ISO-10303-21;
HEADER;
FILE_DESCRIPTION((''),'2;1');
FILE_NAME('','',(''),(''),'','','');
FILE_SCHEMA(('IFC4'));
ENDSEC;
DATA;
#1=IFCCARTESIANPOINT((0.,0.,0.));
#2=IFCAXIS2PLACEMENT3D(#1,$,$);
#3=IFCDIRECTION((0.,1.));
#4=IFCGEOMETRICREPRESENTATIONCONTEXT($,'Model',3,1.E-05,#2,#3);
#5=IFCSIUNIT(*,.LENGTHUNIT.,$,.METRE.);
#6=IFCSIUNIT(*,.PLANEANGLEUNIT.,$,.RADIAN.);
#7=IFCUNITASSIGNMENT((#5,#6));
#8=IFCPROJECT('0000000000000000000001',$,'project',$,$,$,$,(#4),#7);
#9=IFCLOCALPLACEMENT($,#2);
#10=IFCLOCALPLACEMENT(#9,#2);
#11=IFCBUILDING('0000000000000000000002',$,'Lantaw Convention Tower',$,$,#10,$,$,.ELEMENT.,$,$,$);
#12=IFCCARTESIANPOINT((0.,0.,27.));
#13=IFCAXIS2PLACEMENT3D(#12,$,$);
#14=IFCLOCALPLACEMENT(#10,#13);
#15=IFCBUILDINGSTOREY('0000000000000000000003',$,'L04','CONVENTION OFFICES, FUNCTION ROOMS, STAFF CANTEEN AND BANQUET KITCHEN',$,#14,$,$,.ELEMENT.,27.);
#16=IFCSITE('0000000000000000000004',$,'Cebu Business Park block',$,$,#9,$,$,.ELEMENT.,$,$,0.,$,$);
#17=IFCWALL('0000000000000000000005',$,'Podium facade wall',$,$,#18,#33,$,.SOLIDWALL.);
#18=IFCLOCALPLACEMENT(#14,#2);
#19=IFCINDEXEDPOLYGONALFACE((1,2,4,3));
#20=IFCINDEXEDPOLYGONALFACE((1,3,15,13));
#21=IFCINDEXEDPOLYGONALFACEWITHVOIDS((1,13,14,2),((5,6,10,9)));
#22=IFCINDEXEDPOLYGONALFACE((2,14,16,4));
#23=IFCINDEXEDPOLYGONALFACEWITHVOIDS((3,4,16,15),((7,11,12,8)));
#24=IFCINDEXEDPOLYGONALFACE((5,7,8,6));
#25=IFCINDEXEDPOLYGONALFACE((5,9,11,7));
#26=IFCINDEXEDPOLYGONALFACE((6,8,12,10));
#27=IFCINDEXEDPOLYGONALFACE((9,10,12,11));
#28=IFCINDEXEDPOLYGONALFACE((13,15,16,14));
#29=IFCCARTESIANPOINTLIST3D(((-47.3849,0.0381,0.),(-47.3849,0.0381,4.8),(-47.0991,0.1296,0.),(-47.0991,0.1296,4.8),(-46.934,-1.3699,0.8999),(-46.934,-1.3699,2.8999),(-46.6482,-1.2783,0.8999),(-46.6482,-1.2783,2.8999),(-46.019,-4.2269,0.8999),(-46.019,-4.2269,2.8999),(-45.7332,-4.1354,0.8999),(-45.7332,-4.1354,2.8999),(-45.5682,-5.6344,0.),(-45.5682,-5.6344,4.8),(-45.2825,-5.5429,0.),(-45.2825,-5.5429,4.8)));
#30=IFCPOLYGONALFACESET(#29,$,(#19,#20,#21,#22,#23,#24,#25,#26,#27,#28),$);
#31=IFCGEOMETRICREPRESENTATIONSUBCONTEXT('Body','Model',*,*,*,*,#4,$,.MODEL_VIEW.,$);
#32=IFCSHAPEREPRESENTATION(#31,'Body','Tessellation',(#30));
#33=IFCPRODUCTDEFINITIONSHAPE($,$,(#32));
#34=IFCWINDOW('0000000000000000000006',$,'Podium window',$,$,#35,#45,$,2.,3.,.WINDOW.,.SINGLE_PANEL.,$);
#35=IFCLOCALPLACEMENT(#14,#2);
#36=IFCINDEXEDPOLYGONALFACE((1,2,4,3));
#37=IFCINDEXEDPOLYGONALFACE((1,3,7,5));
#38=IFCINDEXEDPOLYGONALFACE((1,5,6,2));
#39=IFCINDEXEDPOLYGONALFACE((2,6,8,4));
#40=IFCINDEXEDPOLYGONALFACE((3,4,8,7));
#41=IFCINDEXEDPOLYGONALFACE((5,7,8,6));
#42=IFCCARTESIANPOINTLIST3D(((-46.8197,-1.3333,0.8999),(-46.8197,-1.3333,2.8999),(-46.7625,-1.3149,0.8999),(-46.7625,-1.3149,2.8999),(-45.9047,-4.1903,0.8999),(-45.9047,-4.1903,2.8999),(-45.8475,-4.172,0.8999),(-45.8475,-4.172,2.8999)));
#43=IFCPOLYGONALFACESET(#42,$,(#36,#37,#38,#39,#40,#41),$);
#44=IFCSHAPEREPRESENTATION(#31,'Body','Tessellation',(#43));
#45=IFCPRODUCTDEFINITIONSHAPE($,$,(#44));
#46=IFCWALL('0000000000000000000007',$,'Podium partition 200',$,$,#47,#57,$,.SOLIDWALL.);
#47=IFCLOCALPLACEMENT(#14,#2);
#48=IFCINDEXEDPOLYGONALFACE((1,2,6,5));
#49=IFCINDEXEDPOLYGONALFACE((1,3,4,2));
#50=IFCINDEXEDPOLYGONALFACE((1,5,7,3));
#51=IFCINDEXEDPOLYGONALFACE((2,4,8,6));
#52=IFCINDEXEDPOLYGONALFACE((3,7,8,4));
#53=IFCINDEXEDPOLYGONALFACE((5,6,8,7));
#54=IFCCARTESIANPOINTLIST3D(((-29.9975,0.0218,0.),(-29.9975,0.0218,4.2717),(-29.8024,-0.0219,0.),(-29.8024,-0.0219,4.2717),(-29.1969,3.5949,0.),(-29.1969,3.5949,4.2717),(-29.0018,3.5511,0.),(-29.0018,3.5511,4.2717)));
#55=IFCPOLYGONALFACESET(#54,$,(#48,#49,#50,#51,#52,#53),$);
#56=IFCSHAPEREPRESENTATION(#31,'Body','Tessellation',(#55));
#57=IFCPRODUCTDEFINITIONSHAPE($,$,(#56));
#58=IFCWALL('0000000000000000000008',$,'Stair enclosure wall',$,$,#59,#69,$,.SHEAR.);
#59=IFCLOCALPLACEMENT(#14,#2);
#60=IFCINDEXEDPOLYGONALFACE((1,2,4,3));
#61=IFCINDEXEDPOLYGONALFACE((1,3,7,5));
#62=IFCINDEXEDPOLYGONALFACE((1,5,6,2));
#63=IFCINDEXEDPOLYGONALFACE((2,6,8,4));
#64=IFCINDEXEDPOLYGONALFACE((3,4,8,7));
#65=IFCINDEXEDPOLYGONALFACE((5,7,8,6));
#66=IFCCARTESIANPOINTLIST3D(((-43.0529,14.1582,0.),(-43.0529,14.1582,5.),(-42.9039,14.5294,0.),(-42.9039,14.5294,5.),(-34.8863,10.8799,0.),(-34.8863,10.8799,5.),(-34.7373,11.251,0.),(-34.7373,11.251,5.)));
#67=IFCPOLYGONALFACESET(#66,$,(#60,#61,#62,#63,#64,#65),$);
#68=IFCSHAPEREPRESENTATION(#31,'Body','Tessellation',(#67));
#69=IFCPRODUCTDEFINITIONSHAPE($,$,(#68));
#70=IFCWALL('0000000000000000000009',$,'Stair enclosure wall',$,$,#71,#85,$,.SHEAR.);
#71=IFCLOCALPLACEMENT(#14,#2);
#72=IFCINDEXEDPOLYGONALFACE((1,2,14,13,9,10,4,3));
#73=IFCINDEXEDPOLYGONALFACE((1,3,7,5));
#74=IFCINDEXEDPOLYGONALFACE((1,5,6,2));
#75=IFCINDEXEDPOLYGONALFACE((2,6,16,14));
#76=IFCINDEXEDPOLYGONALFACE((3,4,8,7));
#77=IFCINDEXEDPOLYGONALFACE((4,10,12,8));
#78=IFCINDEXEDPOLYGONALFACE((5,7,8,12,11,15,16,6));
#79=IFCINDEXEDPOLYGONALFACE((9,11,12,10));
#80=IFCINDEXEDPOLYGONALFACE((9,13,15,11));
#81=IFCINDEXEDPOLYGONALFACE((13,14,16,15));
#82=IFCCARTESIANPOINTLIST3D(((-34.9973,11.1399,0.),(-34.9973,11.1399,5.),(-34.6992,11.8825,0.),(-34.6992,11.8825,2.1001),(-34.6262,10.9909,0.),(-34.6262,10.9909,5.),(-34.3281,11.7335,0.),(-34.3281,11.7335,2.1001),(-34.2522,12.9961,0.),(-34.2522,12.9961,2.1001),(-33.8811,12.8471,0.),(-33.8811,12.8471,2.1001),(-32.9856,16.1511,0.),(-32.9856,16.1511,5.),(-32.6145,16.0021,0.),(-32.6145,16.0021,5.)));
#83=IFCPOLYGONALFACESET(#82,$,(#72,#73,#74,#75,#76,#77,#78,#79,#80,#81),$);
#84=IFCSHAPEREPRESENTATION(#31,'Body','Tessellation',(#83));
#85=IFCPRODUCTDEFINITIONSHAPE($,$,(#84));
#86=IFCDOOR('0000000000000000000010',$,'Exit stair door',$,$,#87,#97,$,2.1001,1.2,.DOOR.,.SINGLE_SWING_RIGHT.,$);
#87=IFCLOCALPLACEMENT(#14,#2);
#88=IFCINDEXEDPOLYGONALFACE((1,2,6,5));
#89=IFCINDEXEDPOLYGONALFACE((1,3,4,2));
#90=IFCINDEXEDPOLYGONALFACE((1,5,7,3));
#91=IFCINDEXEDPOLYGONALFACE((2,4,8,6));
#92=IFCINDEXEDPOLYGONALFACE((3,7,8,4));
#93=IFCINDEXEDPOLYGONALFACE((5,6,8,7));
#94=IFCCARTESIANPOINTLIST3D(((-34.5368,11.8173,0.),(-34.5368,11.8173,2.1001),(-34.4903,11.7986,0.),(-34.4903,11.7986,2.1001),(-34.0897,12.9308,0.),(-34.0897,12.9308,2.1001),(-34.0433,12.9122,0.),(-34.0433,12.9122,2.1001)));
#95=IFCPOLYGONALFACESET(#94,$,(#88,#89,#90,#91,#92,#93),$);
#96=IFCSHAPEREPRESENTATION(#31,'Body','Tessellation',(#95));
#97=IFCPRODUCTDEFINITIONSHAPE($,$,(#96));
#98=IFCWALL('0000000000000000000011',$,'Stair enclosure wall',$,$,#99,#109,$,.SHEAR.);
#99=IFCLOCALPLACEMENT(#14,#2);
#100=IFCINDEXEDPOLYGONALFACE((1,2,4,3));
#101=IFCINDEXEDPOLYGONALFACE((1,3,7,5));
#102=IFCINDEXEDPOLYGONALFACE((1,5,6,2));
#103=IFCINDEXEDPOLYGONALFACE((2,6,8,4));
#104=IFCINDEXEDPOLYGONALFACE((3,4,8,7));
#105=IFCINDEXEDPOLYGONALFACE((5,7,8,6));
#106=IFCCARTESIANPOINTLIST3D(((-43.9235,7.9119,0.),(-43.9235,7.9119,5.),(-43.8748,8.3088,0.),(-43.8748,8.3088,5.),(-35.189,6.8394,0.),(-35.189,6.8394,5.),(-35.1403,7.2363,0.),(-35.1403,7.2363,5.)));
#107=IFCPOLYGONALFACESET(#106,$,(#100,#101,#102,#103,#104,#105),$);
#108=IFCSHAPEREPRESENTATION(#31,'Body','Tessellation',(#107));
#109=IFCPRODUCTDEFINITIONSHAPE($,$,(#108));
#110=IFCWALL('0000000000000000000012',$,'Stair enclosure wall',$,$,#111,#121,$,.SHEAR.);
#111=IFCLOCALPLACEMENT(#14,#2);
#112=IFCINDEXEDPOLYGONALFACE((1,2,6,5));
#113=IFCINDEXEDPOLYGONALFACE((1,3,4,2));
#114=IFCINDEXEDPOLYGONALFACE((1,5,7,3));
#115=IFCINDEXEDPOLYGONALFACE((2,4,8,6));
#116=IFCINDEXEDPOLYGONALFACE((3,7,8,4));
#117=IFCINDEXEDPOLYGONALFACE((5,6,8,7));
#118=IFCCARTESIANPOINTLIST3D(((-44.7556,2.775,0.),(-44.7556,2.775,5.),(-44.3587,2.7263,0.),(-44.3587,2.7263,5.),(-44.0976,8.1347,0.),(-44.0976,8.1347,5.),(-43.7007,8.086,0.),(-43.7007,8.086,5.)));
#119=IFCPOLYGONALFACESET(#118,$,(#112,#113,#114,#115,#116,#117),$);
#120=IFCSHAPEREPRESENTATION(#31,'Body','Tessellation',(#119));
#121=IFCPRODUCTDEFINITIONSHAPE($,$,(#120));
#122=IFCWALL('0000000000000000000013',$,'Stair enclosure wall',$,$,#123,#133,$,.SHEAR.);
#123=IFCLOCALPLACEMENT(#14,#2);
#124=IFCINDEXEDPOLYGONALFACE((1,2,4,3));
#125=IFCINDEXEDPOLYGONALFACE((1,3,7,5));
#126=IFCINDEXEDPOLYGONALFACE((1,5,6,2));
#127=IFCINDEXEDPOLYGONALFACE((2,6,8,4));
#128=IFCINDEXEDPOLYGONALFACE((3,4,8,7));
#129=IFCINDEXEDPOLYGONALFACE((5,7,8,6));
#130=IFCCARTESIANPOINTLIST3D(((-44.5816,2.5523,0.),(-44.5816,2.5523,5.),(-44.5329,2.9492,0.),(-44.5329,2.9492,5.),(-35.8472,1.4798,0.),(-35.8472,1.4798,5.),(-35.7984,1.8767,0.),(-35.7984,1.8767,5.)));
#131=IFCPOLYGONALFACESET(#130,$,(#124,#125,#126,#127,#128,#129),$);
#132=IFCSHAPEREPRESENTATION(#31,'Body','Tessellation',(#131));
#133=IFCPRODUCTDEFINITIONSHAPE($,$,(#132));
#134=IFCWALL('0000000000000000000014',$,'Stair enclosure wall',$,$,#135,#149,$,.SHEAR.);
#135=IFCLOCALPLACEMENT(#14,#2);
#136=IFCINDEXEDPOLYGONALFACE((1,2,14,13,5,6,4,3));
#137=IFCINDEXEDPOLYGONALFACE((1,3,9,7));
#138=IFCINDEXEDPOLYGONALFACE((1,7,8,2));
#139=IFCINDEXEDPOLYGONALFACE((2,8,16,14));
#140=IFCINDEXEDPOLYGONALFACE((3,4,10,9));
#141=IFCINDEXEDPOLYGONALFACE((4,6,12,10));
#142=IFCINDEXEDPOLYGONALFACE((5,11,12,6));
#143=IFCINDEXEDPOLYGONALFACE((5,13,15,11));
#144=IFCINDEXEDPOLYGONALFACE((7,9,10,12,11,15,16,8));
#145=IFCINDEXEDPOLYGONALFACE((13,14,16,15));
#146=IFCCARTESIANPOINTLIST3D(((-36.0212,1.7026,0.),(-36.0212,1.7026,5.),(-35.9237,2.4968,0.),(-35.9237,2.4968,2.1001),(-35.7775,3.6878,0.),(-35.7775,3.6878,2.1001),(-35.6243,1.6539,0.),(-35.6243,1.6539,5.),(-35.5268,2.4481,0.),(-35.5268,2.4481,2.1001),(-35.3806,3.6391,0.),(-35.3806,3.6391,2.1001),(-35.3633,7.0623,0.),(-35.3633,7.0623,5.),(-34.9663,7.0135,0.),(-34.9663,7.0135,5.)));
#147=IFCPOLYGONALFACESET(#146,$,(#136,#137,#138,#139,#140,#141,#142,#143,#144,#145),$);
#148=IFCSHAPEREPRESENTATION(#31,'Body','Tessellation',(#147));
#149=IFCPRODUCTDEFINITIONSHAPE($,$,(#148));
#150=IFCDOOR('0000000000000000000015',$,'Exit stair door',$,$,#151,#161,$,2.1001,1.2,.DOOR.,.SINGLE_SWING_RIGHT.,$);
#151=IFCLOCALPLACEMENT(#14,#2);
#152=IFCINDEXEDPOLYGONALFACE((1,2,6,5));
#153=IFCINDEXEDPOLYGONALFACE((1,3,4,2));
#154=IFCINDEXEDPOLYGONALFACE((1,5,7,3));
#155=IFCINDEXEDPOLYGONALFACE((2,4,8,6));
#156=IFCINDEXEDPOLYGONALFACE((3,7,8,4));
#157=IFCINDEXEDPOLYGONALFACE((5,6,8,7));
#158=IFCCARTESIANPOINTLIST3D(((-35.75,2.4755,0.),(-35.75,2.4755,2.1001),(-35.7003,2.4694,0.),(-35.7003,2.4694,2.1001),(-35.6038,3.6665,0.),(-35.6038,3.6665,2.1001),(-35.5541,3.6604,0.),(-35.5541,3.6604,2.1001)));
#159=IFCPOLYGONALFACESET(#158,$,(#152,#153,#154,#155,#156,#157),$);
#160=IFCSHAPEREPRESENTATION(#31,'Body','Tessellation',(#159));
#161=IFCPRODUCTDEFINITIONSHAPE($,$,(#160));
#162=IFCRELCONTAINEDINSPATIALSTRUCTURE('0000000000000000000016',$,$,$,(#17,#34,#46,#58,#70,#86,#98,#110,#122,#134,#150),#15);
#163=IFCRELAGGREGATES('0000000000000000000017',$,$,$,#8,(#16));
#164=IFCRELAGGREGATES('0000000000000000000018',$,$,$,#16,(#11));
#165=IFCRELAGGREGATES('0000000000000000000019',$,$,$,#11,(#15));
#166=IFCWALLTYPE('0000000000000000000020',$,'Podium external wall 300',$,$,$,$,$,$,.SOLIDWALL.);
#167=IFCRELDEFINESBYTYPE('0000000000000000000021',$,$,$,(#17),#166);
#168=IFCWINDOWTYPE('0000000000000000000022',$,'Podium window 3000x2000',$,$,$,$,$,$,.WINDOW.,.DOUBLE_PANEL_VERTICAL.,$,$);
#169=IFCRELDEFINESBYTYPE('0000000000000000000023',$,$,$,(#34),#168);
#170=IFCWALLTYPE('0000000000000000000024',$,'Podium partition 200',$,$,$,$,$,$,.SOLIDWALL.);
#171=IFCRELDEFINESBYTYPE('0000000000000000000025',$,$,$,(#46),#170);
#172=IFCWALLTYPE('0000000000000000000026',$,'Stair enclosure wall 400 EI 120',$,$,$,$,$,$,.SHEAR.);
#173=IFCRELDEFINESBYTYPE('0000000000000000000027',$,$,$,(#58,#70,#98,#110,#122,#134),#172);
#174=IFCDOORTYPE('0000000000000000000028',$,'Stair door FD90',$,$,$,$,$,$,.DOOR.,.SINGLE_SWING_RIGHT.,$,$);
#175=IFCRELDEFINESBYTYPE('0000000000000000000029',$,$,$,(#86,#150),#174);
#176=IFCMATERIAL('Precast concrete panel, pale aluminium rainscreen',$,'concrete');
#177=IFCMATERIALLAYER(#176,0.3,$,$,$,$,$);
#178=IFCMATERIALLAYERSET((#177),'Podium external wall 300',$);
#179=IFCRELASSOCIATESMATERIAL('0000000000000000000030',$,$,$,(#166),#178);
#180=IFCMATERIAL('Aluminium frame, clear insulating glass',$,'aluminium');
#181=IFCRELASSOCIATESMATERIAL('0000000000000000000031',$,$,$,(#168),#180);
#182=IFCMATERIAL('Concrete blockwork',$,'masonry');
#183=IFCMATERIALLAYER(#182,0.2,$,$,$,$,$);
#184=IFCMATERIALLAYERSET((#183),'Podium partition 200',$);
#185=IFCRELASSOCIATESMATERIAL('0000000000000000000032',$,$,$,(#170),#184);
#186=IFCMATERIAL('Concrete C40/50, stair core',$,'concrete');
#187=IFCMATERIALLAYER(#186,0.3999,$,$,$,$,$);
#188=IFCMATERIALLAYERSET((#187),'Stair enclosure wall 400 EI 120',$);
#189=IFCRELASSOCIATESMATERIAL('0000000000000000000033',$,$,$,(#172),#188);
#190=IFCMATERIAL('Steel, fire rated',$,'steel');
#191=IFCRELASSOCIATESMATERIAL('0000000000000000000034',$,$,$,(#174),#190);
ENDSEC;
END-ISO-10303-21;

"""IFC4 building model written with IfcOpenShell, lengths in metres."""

from ifc_helpers import new_model, si_unit, direction, frame, frame_2d, origin, place, context, subcontext, project, spatial, rectangle, extrude, material, layer, layer_set, type_object, element, fill, save


model = new_model("IFC4")

# Units and contexts
model_context = context("Model", 3, precision=1e-05, world=origin(), true_north=direction((0.0, 1.0)))
body_context = subcontext(model_context, "Body", "Model", "MODEL_VIEW")
ifc_project = project(units=[si_unit("LENGTHUNIT", "METRE"), si_unit("PLANEANGLEUNIT", "RADIAN")], contexts=[model_context])

# Site, building, storey
site_placement = place(None, origin())
site = spatial("IfcSite", under=ifc_project, at=site_placement, Name="Cebu Business Park block", CompositionType="ELEMENT", RefElevation=0.0)
building_placement = place(site_placement, origin())
building = spatial("IfcBuilding", under=site, at=building_placement, Name="Lantaw Convention Tower", CompositionType="ELEMENT")
storey_placement = place(building_placement, frame((0.0, 0.0, 27.0)))
storey = spatial("IfcBuildingStorey", under=building, at=storey_placement, Name="L04", Description="CONVENTION OFFICES, FUNCTION ROOMS, STAFF CANTEEN AND BANQUET KITCHEN", CompositionType="ELEMENT", Elevation=27.0)

# Wall, opening, window
ifc_material_1 = material(Name="Precast concrete panel, pale aluminium rainscreen", Category="concrete")
ifc_layer_1 = layer(ifc_material_1, 0.3)
ifc_layer_set_1 = layer_set([ifc_layer_1], Name="Podium external wall 300")
wall_type_1 = type_object("IfcWallType", Name="Podium external wall 300", PredefinedType="SOLIDWALL", material=ifc_layer_set_1)
ifc_material_2 = material(Name="Aluminium frame, clear insulating glass", Category="aluminium")
window_type = type_object("IfcWindowType", Name="Podium window 3000x2000", PartitioningType="DOUBLE_PANEL_VERTICAL", PredefinedType="WINDOW", material=ifc_material_2)
wall_1_placement = place(storey_placement, frame((-47.2419, 0.0837, 0.0), z_axis=(0.0, 0.0, 1.0), x_axis=(0.304991, -0.952355, 0.0)))
wall_1 = element("IfcWall", 1, at=wall_1_placement, inside=storey, type_object=wall_type_1, Name="Podium facade wall", PredefinedType="SOLIDWALL", context=body_context, shape_type="SweptSolid", body=[
    extrude(rectangle(XDim=5.9563, YDim=0.3, at=frame_2d((2.978, 0.0))), origin(), (0.0, 0.0, 1.0), 4.8),
])
opening_1_placement = place(wall_1_placement, frame((1.4783, 0.0, 0.8999)))
opening_1 = element("IfcOpeningElement", 2, at=opening_1_placement, cuts=wall_1, PredefinedType="OPENING", context=body_context, shape_type="SweptSolid", body=[
    extrude(rectangle(XDim=3.0, YDim=2.0, at=frame_2d((1.5, 1.0))), frame((0.0, 0.1599, 0.0), z_axis=(0.0, -1.0, 0.0), x_axis=(1.0, 0.0, 0.0)), (0.0, 0.0, 1.0), 0.3201),
])
window_1_placement = place(opening_1_placement, origin())
window_1 = element("IfcWindow", 3, at=window_1_placement, inside=storey, type_object=window_type, Name="Podium window", OverallHeight=2.0, OverallWidth=3.0, PartitioningType="SINGLE_PANEL", PredefinedType="WINDOW", context=body_context, shape_type="SweptSolid", body=[
    extrude(rectangle(XDim=3.0, YDim=2.0, at=frame_2d((1.5, 1.0))), frame((0.0, 0.03, 0.0), z_axis=(0.0, -1.0, 0.0), x_axis=(1.0, 0.0, 0.0)), (0.0, 0.0, 1.0), 0.0601),
])
fill(opening_1, window_1)

# Walls
ifc_material_3 = material(Name="Concrete blockwork", Category="masonry")
ifc_layer_2 = layer(ifc_material_3, 0.2)
ifc_layer_set_2 = layer_set([ifc_layer_2], Name="Podium partition 200")
wall_type_2 = type_object("IfcWallType", Name="Podium partition 200", PredefinedType="SOLIDWALL", material=ifc_layer_set_2)
wall_2_placement = place(storey_placement, frame((-29.0994, 3.573, 0.0), z_axis=(0.0, 0.0, 1.0), x_axis=(-0.218632, -0.975807, 0.0)))
element("IfcWall", 4, at=wall_2_placement, inside=storey, type_object=wall_type_2, Name="Podium partition 200", PredefinedType="SOLIDWALL", context=body_context, shape_type="SweptSolid", body=[
    extrude(rectangle(XDim=3.6616, YDim=0.2, at=frame_2d((1.8308, 0.0))), origin(), (0.0, 0.0, 1.0), 4.2717),
])
ifc_material_4 = material(Name="Concrete C40/50, stair core", Category="concrete")
ifc_layer_3 = layer(ifc_material_4, 0.3999)
ifc_layer_set_3 = layer_set([ifc_layer_3], Name="Stair enclosure wall 400 EI 120")
wall_type_3 = type_object("IfcWallType", Name="Stair enclosure wall 400 EI 120", PredefinedType="SHEAR", material=ifc_layer_set_3)
wall_3_placement = place(storey_placement, frame((-42.9783, 14.3438, 0.0), z_axis=(0.0, 0.0, 1.0), x_axis=(0.928017, -0.372538, 0.0)))
element("IfcWall", 5, at=wall_3_placement, inside=storey, type_object=wall_type_3, Name="Stair enclosure wall", PredefinedType="SHEAR", context=body_context, shape_type="SweptSolid", body=[
    extrude(rectangle(XDim=8.8, YDim=0.3999, at=frame_2d((4.3999, 0.0))), origin(), (0.0, 0.0, 1.0), 5.0),
])

# Wall, opening, door
wall_4_placement = place(storey_placement, frame((-34.8118, 11.0654, 0.0), z_axis=(0.0, 0.0, 1.0), x_axis=(0.372544, 0.928015, 0.0)))
wall_4 = element("IfcWall", 6, at=wall_4_placement, inside=storey, type_object=wall_type_3, Name="Stair enclosure wall", PredefinedType="SHEAR", context=body_context, shape_type="SweptSolid", body=[
    extrude(rectangle(XDim=5.3999, YDim=0.3999, at=frame_2d((2.7, 0.0))), origin(), (0.0, 0.0, 1.0), 5.0),
])
opening_2_placement = place(wall_4_placement, frame((0.8, 0.0, 0.0)))
opening_2 = element("IfcOpeningElement", 7, at=opening_2_placement, cuts=wall_4, PredefinedType="OPENING", context=body_context, shape_type="SweptSolid", body=[
    extrude(rectangle(XDim=1.2, YDim=2.1001, at=frame_2d((0.6001, 1.05))), frame((0.0, 0.21, 0.0), z_axis=(0.0, -1.0, 0.0), x_axis=(1.0, 0.0, 0.0)), (0.0, 0.0, 1.0), 0.4199),
])
ifc_material_5 = material(Name="Steel, fire rated", Category="steel")
door_type = type_object("IfcDoorType", Name="Stair door FD90", OperationType="SINGLE_SWING_RIGHT", PredefinedType="DOOR", material=ifc_material_5)
door_1_placement = place(opening_2_placement, origin())
door_1 = element("IfcDoor", 8, at=door_1_placement, inside=storey, type_object=door_type, Name="Exit stair door", OperationType="SINGLE_SWING_RIGHT", OverallHeight=2.1001, OverallWidth=1.2, PredefinedType="DOOR", context=body_context, shape_type="SweptSolid", body=[
    extrude(rectangle(XDim=1.2, YDim=2.1001, at=frame_2d((0.6001, 1.05))), frame((0.0, 0.0249, 0.0), z_axis=(0.0, -1.0, 0.0), x_axis=(1.0, 0.0, 0.0)), (0.0, 0.0, 1.0), 0.05),
])
fill(opening_2, door_1)

# Walls
wall_5_placement = place(storey_placement, frame((-35.1648, 7.0378, 0.0), z_axis=(0.0, 0.0, 1.0), x_axis=(-0.992545, 0.121876, 0.0)))
element("IfcWall", 9, at=wall_5_placement, inside=storey, type_object=wall_type_3, Name="Stair enclosure wall", PredefinedType="SHEAR", context=body_context, shape_type="SweptSolid", body=[
    extrude(rectangle(XDim=8.8, YDim=0.3999, at=frame_2d((4.3999, 0.0))), origin(), (0.0, 0.0, 1.0), 5.0),
])
wall_6_placement = place(storey_placement, frame((-43.8992, 8.1104, 0.0), z_axis=(0.0, 0.0, 1.0), x_axis=(-0.121848, -0.992549, 0.0)))
element("IfcWall", 10, at=wall_6_placement, inside=storey, type_object=wall_type_3, Name="Stair enclosure wall", PredefinedType="SHEAR", context=body_context, shape_type="SweptSolid", body=[
    extrude(rectangle(XDim=5.3999, YDim=0.3999, at=frame_2d((2.7, 0.0))), origin(), (0.0, 0.0, 1.0), 5.0),
])
wall_7_placement = place(storey_placement, frame((-44.5571, 2.7507, 0.0), z_axis=(0.0, 0.0, 1.0), x_axis=(0.992545, -0.121876, 0.0)))
element("IfcWall", 11, at=wall_7_placement, inside=storey, type_object=wall_type_3, Name="Stair enclosure wall", PredefinedType="SHEAR", context=body_context, shape_type="SweptSolid", body=[
    extrude(rectangle(XDim=8.8, YDim=0.3999, at=frame_2d((4.3999, 0.0))), origin(), (0.0, 0.0, 1.0), 5.0),
])

# Wall, opening, door
wall_8_placement = place(storey_placement, frame((-35.8228, 1.6782, 0.0), z_axis=(0.0, 0.0, 1.0), x_axis=(0.121848, 0.992549, 0.0)))
wall_8 = element("IfcWall", 12, at=wall_8_placement, inside=storey, type_object=wall_type_3, Name="Stair enclosure wall", PredefinedType="SHEAR", context=body_context, shape_type="SweptSolid", body=[
    extrude(rectangle(XDim=5.3999, YDim=0.3999, at=frame_2d((2.7, 0.0))), origin(), (0.0, 0.0, 1.0), 5.0),
])
opening_3_placement = place(wall_8_placement, frame((0.8, 0.0, 0.0)))
opening_3 = element("IfcOpeningElement", 13, at=opening_3_placement, cuts=wall_8, PredefinedType="OPENING", context=body_context, shape_type="SweptSolid", body=[
    extrude(rectangle(XDim=1.2, YDim=2.1001, at=frame_2d((0.6001, 1.05))), frame((0.0, 0.21, 0.0), z_axis=(0.0, -1.0, 0.0), x_axis=(1.0, 0.0, 0.0)), (0.0, 0.0, 1.0), 0.4199),
])
door_2_placement = place(opening_3_placement, origin())
door_2 = element("IfcDoor", 14, at=door_2_placement, inside=storey, type_object=door_type, Name="Exit stair door", OperationType="SINGLE_SWING_RIGHT", OverallHeight=2.1001, OverallWidth=1.2, PredefinedType="DOOR", context=body_context, shape_type="SweptSolid", body=[
    extrude(rectangle(XDim=1.2, YDim=2.1001, at=frame_2d((0.6001, 1.05))), frame((0.0, 0.0249, 0.0), z_axis=(0.0, -1.0, 0.0), x_axis=(1.0, 0.0, 0.0)), (0.0, 0.0, 1.0), 0.05),
])
fill(opening_3, door_2)

save(model, "model.ifc")
